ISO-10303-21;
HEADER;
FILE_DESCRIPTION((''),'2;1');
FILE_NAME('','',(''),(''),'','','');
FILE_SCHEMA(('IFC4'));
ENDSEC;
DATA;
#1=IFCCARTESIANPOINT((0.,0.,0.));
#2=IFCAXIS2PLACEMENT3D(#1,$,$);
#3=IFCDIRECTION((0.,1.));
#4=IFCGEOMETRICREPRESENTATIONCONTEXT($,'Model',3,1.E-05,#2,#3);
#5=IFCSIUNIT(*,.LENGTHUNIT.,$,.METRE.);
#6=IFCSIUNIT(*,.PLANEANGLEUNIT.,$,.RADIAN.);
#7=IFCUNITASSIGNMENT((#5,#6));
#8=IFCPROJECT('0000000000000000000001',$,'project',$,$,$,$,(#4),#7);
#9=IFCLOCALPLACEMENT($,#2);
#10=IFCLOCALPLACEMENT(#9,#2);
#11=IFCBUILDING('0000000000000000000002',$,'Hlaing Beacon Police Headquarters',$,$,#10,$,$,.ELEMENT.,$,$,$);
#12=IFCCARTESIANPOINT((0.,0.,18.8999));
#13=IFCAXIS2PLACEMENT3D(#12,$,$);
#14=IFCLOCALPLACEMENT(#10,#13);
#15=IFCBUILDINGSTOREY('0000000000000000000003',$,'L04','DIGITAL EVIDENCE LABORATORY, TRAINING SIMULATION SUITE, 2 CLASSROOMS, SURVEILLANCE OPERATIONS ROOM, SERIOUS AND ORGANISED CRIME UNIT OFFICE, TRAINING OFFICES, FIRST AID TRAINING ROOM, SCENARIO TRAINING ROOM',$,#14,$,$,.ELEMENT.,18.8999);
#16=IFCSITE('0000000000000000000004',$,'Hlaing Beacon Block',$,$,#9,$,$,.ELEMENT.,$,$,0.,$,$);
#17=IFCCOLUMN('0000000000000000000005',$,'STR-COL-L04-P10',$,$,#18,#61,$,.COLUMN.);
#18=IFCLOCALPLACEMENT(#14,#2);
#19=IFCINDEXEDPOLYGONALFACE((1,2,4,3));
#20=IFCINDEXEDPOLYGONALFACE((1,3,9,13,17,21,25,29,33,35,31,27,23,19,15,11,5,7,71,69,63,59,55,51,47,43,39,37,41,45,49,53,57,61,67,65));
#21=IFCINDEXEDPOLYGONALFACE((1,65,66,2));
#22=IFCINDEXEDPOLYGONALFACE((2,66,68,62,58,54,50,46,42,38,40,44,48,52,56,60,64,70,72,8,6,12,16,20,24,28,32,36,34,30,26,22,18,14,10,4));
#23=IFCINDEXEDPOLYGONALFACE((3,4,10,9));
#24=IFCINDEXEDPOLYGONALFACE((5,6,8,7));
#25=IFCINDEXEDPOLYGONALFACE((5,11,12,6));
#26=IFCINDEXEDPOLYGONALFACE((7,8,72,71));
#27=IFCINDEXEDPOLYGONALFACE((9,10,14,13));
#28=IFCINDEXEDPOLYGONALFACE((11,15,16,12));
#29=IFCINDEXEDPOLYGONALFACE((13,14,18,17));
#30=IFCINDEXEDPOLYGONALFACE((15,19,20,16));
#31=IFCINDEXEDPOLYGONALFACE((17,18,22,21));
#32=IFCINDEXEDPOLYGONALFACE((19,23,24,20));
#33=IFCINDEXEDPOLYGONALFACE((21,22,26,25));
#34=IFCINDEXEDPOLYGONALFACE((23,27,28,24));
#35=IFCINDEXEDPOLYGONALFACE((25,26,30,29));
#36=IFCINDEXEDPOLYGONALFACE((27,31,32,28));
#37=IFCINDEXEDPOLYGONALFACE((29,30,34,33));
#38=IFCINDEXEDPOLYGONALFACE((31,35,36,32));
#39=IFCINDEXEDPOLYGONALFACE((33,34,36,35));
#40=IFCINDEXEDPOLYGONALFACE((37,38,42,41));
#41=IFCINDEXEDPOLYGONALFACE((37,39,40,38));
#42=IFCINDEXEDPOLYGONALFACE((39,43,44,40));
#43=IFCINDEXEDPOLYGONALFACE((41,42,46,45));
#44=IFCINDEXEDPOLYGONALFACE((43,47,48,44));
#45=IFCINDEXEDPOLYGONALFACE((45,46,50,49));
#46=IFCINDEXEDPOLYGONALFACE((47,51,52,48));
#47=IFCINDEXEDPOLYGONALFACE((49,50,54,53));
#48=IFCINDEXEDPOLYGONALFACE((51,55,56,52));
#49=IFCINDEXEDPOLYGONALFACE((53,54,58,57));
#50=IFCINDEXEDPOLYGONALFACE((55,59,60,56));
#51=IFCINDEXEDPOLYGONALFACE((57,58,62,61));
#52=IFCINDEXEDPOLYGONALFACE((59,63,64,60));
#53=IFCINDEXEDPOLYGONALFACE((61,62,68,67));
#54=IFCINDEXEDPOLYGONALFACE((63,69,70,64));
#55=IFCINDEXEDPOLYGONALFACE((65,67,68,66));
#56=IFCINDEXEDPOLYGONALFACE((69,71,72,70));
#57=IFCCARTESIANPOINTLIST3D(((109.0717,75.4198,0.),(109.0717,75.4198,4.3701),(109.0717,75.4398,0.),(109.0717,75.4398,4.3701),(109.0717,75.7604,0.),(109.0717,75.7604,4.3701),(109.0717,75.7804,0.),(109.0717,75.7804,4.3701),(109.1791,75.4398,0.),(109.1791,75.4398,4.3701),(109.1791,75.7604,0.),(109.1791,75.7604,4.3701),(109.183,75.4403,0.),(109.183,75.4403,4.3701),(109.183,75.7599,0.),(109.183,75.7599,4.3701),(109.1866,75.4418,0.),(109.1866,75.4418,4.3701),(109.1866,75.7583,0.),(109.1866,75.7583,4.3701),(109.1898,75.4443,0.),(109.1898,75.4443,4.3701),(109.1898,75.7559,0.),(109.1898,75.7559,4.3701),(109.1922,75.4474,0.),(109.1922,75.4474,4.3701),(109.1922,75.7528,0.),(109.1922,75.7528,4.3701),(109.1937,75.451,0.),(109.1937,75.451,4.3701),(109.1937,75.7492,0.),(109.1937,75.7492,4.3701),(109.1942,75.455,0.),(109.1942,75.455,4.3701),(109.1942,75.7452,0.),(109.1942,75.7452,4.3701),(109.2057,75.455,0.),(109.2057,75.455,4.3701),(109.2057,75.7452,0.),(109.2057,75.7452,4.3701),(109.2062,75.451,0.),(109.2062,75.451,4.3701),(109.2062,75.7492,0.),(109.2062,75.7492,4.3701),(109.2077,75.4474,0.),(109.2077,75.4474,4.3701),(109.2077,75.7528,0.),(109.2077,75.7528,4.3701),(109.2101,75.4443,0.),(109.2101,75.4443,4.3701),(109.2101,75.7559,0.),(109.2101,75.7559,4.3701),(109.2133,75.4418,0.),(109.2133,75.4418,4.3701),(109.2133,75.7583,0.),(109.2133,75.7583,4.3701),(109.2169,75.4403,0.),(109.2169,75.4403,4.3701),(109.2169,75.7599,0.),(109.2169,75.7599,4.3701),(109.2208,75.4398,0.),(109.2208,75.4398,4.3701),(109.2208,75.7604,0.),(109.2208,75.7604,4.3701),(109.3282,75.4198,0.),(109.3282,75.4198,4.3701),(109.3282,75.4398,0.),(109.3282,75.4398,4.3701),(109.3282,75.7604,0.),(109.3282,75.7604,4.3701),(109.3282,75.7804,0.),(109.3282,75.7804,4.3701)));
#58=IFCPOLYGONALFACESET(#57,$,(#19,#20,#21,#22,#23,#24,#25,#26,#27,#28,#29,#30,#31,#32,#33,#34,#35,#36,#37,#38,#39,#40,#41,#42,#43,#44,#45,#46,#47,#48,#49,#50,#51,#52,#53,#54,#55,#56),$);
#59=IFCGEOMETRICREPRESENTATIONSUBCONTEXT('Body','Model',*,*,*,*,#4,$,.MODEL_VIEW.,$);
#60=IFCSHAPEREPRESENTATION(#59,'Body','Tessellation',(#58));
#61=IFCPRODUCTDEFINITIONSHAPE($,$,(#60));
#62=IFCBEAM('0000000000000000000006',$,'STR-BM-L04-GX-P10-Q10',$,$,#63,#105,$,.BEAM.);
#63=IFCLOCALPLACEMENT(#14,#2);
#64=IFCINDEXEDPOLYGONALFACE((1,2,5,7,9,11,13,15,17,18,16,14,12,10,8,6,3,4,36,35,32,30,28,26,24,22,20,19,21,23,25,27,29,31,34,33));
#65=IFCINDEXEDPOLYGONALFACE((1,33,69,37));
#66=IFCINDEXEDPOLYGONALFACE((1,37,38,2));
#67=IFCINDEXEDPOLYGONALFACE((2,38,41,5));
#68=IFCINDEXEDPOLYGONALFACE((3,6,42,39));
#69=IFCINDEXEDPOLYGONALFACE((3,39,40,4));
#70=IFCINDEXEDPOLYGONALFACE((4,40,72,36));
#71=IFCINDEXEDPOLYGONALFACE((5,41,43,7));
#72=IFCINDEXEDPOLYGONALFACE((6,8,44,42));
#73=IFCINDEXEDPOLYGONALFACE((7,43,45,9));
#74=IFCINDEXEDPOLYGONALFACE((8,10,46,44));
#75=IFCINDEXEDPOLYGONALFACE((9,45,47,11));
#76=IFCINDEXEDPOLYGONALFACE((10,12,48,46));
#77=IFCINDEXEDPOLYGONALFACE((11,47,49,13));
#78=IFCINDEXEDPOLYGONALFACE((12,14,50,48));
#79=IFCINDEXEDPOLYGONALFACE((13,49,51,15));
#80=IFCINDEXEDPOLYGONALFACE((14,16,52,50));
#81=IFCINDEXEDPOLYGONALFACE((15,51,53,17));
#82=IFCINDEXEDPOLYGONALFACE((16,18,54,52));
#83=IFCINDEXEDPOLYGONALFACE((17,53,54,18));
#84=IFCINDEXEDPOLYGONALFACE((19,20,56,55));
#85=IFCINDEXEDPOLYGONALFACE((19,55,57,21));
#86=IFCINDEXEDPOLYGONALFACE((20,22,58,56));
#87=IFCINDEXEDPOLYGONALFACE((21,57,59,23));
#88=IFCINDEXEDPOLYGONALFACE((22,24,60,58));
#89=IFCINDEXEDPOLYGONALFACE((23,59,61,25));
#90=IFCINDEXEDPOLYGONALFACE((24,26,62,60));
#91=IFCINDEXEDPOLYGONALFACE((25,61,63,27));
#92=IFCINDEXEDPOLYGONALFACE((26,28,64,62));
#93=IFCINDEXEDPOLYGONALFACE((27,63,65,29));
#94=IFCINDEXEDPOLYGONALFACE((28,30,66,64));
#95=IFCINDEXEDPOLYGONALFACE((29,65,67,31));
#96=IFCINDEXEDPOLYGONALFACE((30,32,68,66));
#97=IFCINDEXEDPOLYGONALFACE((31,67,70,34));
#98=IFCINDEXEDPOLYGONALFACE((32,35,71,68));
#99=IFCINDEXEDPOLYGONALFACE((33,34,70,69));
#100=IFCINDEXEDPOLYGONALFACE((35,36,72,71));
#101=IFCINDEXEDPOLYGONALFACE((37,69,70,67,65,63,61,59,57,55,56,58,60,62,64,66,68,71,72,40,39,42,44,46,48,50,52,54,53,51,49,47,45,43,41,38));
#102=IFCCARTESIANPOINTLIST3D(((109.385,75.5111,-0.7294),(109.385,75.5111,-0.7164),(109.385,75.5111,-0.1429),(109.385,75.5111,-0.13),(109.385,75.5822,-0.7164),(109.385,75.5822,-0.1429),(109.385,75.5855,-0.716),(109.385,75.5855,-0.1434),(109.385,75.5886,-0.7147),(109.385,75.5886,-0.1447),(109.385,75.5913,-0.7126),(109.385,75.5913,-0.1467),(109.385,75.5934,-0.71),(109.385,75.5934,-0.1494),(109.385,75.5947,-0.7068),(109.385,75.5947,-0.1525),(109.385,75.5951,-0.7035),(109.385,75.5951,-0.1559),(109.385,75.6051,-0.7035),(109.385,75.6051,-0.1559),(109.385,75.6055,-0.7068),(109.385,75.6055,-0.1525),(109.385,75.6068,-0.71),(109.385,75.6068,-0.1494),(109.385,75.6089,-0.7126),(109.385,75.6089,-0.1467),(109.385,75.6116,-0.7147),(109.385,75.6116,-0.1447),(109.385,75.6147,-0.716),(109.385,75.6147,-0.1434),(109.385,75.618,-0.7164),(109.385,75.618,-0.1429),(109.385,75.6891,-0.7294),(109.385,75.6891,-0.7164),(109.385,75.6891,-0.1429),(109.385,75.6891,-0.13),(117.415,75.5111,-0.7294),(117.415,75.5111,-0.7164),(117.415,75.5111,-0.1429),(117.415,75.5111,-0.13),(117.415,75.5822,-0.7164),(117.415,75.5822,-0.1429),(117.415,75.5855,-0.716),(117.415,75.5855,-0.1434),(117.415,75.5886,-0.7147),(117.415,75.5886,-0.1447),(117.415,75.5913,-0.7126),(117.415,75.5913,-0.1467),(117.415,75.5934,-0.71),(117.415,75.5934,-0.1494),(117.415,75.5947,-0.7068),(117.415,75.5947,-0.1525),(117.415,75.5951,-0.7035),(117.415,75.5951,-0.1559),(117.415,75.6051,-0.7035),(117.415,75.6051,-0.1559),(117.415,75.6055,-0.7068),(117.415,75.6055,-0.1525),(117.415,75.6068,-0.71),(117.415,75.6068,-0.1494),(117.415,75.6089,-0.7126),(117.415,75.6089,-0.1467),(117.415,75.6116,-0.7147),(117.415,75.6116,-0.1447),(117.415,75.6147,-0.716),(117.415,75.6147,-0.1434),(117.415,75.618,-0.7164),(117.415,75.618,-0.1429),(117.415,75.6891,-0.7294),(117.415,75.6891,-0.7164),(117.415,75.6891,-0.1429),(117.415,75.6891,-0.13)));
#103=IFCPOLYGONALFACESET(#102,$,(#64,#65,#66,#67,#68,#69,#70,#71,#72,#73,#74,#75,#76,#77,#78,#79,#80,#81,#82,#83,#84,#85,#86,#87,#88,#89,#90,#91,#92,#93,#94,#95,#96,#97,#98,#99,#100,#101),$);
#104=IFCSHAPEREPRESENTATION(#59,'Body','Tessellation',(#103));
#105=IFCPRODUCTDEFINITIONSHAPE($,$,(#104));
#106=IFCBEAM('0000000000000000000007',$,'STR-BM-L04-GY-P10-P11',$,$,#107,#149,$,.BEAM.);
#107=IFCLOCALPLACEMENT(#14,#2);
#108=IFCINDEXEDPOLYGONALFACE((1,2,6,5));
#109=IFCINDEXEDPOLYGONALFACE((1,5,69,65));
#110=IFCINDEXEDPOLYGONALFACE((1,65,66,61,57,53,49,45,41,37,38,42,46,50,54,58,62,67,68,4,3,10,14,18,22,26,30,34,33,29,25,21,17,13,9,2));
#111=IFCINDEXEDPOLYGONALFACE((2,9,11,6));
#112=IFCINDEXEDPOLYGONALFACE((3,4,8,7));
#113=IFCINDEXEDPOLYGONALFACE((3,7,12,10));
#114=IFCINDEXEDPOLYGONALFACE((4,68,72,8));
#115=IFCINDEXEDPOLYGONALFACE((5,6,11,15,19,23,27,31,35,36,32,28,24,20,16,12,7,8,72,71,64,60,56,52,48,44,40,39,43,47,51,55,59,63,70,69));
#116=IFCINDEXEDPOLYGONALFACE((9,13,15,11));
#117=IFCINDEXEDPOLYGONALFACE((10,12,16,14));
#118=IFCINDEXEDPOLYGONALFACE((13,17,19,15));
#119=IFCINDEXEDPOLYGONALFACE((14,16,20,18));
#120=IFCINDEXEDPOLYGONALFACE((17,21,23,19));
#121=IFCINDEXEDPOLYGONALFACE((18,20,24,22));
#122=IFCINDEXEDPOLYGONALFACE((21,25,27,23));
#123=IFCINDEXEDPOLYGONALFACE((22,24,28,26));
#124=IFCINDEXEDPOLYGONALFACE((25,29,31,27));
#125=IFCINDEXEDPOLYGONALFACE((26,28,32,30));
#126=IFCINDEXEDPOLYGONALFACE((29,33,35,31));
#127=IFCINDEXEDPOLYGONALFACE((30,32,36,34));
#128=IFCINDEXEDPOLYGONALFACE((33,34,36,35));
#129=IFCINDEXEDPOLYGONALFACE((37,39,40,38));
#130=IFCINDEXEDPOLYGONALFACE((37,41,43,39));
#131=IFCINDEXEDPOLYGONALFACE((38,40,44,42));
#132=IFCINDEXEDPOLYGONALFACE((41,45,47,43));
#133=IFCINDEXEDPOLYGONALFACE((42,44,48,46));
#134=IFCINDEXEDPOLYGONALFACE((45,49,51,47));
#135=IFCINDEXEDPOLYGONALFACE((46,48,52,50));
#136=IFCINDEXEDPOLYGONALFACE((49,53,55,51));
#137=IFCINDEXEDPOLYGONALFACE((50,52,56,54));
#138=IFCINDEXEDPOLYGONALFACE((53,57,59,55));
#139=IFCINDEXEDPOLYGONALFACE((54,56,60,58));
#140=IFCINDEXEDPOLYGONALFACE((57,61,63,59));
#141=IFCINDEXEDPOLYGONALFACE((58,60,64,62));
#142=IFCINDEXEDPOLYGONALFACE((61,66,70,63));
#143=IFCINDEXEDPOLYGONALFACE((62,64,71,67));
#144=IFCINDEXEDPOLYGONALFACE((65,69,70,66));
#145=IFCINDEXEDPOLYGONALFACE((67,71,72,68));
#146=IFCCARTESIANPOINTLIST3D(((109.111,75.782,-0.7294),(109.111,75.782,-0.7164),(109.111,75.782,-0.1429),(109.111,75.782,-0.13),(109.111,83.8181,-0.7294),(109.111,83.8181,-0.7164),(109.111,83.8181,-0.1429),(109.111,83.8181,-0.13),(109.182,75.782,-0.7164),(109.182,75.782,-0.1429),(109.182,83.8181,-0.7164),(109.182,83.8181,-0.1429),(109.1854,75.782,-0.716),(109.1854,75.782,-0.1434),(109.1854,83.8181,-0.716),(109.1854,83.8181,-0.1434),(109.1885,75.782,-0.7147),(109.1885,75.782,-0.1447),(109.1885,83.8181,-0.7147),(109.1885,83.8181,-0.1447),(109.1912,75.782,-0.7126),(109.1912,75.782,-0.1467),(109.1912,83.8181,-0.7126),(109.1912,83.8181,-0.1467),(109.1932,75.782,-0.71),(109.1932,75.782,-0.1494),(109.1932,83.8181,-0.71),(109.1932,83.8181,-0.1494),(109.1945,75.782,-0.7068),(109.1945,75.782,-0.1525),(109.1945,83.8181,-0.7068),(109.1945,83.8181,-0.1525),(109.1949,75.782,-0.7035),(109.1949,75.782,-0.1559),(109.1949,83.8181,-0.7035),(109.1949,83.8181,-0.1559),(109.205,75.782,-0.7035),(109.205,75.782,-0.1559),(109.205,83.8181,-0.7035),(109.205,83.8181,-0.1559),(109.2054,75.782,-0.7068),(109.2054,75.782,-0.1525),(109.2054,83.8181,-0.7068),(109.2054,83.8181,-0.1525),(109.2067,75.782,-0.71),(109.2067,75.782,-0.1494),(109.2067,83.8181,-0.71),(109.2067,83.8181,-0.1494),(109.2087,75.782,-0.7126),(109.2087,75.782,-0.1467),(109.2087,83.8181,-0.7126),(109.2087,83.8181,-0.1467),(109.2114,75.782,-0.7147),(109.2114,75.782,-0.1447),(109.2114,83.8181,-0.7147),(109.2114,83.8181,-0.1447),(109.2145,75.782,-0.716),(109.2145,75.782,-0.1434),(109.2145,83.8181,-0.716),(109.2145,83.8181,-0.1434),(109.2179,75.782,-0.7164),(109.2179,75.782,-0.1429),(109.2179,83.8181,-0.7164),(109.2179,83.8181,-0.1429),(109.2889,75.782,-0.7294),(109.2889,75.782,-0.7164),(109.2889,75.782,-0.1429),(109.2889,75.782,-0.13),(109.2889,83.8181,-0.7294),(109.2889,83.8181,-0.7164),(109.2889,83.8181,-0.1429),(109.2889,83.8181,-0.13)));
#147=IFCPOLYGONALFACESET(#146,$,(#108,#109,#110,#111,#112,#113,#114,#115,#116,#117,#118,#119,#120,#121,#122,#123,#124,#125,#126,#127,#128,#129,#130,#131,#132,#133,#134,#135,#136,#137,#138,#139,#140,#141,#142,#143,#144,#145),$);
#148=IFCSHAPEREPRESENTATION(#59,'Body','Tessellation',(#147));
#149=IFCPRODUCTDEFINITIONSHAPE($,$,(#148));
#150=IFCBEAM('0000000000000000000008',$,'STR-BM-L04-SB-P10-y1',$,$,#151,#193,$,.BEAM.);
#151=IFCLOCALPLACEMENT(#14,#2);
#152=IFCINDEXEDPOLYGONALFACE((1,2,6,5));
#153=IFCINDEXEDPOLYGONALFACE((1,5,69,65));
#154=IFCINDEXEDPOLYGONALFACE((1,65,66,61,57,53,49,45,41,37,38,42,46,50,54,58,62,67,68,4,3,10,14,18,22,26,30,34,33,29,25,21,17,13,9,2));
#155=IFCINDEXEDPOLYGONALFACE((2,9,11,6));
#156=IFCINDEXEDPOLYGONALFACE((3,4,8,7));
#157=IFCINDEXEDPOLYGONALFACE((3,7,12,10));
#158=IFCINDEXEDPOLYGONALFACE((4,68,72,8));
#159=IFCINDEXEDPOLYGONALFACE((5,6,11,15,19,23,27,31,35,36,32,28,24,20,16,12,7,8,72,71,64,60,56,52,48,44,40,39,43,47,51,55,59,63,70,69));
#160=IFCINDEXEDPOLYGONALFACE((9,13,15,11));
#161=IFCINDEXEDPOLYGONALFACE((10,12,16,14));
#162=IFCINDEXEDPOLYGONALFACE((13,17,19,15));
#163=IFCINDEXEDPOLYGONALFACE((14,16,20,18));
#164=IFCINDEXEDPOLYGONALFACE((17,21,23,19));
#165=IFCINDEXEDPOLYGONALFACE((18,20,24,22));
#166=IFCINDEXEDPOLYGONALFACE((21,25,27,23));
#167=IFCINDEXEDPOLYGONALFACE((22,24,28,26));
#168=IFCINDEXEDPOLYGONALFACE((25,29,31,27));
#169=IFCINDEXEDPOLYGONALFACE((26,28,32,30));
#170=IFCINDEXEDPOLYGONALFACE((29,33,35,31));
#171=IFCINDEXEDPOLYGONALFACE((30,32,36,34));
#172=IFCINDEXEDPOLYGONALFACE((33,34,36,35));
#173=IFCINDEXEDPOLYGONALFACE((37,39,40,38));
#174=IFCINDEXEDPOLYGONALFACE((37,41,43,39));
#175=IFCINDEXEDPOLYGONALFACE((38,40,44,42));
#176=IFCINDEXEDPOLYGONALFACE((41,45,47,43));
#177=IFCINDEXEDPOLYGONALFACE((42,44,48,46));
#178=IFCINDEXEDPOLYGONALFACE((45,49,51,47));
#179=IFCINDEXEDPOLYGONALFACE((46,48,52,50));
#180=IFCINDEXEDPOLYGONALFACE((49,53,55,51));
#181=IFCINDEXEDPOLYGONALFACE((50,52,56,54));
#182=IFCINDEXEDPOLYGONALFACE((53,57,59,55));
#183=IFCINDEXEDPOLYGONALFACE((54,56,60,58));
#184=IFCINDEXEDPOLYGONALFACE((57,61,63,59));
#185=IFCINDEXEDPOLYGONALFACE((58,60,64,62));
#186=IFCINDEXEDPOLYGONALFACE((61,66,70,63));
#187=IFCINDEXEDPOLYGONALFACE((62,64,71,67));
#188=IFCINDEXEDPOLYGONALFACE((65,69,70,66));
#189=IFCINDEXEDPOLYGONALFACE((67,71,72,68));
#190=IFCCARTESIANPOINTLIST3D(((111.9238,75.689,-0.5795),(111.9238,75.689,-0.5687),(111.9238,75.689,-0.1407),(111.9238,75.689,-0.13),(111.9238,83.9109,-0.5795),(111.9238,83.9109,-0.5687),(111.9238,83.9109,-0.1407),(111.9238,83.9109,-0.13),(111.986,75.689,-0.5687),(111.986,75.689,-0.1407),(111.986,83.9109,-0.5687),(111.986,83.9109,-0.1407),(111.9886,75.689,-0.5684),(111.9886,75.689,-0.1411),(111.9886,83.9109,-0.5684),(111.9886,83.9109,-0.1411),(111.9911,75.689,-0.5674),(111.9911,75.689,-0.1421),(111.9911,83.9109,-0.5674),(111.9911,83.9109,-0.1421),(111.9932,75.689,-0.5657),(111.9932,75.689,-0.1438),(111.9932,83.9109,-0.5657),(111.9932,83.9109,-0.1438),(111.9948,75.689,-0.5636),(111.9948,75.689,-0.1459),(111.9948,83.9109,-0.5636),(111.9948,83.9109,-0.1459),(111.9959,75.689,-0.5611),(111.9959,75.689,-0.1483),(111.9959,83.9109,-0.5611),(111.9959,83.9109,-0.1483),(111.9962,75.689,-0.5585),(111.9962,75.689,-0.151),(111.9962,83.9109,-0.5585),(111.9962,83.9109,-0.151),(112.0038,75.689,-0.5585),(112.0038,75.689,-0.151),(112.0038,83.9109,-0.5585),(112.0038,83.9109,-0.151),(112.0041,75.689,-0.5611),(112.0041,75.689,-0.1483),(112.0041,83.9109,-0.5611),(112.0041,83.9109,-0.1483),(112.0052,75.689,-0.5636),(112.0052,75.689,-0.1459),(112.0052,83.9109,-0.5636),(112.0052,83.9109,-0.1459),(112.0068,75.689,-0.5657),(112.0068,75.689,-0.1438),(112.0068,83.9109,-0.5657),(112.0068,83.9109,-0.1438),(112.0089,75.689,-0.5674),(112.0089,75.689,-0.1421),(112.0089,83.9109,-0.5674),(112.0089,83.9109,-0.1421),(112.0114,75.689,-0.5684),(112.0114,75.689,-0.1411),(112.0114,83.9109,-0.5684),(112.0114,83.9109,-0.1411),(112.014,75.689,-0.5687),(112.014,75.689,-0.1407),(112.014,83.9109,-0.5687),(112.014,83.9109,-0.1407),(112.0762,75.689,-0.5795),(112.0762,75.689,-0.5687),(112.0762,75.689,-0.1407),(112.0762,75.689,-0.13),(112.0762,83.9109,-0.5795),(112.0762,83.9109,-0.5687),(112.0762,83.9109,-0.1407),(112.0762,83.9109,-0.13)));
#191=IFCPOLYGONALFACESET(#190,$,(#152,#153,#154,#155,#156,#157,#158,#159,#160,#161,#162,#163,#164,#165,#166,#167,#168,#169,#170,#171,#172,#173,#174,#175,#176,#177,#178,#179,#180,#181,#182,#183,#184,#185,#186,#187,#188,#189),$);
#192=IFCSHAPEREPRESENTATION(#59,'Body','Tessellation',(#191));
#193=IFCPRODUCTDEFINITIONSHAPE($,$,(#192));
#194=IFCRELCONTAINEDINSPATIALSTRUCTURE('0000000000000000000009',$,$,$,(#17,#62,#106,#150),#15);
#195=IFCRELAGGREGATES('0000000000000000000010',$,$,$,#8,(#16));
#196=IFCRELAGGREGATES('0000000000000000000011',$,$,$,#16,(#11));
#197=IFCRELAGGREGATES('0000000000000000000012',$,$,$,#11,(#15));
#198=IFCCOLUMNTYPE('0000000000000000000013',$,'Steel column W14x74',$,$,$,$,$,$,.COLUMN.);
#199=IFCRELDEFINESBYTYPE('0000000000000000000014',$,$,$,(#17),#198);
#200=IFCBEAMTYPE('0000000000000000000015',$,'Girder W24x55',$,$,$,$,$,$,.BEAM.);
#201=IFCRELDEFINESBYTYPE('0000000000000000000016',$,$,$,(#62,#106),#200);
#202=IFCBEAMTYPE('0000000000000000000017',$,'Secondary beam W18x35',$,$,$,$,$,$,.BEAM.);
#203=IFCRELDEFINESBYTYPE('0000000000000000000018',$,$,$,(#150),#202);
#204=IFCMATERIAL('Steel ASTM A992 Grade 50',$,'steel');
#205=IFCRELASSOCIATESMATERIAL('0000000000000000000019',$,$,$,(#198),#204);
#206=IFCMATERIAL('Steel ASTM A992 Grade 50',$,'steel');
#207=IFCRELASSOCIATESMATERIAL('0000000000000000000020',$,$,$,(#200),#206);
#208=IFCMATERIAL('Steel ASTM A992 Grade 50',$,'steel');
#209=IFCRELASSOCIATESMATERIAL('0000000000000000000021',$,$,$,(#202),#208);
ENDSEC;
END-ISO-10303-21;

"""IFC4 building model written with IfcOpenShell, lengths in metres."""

from ifc_helpers import new_model, si_unit, direction, frame, origin, origin_2d, place, context, subcontext, project, spatial, i_section, extrude, material, material_profile, profile_set, type_object, element, save


model = new_model("IFC4")

# Units and contexts
model_context = context("Model", 3, precision=1e-05, world=origin(), true_north=direction((0.0, 1.0)))
body_context = subcontext(model_context, "Body", "Model", "MODEL_VIEW")
ifc_project = project(units=[si_unit("LENGTHUNIT", "METRE"), si_unit("PLANEANGLEUNIT", "RADIAN")], contexts=[model_context])

# Site, building, storey
site_placement = place(None, origin())
site = spatial("IfcSite", under=ifc_project, at=site_placement, Name="Hlaing Beacon Block", CompositionType="ELEMENT", RefElevation=0.0)
building_placement = place(site_placement, origin())
building = spatial("IfcBuilding", under=site, at=building_placement, Name="Hlaing Beacon Police Headquarters", CompositionType="ELEMENT")
storey_placement = place(building_placement, frame((0.0, 0.0, 18.8999)))
storey = spatial("IfcBuildingStorey", under=building, at=storey_placement, Name="L04", Description="DIGITAL EVIDENCE LABORATORY, TRAINING SIMULATION SUITE, 2 CLASSROOMS, SURVEILLANCE OPERATIONS ROOM, SERIOUS AND ORGANISED CRIME UNIT OFFICE, TRAINING OFFICES, FIRST AID TRAINING ROOM, SCENARIO TRAINING ROOM", CompositionType="ELEMENT", Elevation=18.8999)

# Column
ifc_material_1 = material(Name="Steel ASTM A992 Grade 50", Category="steel")
ifc_material_profile_1 = material_profile(ifc_material_1, i_section(OverallWidth=0.2566, OverallDepth=0.3606, WebThickness=0.0115, FlangeThickness=0.02, FilletRadius=0.0151, at=origin_2d()), Name="W14x74")
ifc_profile_set_1 = profile_set([ifc_material_profile_1], Name="Steel ASTM A992 Grade 50")
column_type = type_object("IfcColumnType", Name="Steel column W14x74", PredefinedType="COLUMN", material=ifc_profile_set_1)
column_placement = place(storey_placement, frame((109.2, 75.6001, 0.0), z_axis=(0.0, 0.0, 1.0), x_axis=(1.0, 0.0, 0.0)))
element("IfcColumn", 1, at=column_placement, inside=storey, type_object=column_type, Name="STR-COL-L04-P10", PredefinedType="COLUMN", context=body_context, shape_type="SweptSolid", body=[
    extrude(i_section(OverallWidth=0.2566, OverallDepth=0.3606, WebThickness=0.0115, FlangeThickness=0.02, FilletRadius=0.0151, at=origin_2d()), origin(), (0.0, 0.0, 1.0), 4.3701),
])

# Beams
ifc_material_2 = material(Name="Steel ASTM A992 Grade 50", Category="steel")
ifc_material_profile_2 = material_profile(ifc_material_2, i_section(OverallWidth=0.178, OverallDepth=0.5994, WebThickness=0.01, FlangeThickness=0.0129, FilletRadius=0.0129, at=origin_2d()), Name="W24x55")
ifc_profile_set_2 = profile_set([ifc_material_profile_2], Name="Steel ASTM A992 Grade 50")
beam_type_1 = type_object("IfcBeamType", Name="Girder W24x55", PredefinedType="BEAM", material=ifc_profile_set_2)
beam_1_placement = place(storey_placement, frame((109.385, 75.6001, -0.4297), z_axis=(1.0, 0.0, 0.0), x_axis=(0.0, 1.0, 0.0)))
element("IfcBeam", 2, at=beam_1_placement, inside=storey, type_object=beam_type_1, Name="STR-BM-L04-GX-P10-Q10", PredefinedType="BEAM", context=body_context, shape_type="SweptSolid", body=[
    extrude(i_section(OverallWidth=0.178, OverallDepth=0.5994, WebThickness=0.01, FlangeThickness=0.0129, FilletRadius=0.0129, at=origin_2d()), origin(), (0.0, 0.0, 1.0), 8.03),
])
beam_2_placement = place(storey_placement, frame((109.2, 75.782, -0.4297), z_axis=(0.0, 1.0, 0.0), x_axis=(-1.0, 0.0, 0.0)))
element("IfcBeam", 3, at=beam_2_placement, inside=storey, type_object=beam_type_1, Name="STR-BM-L04-GY-P10-P11", PredefinedType="BEAM", context=body_context, shape_type="SweptSolid", body=[
    extrude(i_section(OverallWidth=0.178, OverallDepth=0.5994, WebThickness=0.01, FlangeThickness=0.0129, FilletRadius=0.0129, at=origin_2d()), origin(), (0.0, 0.0, 1.0), 8.0361),
])
ifc_material_3 = material(Name="Steel ASTM A992 Grade 50", Category="steel")
ifc_material_profile_3 = material_profile(ifc_material_3, i_section(OverallWidth=0.1523, OverallDepth=0.4495, WebThickness=0.0076, FlangeThickness=0.0107, FilletRadius=0.0103, at=origin_2d()), Name="W18x35")
ifc_profile_set_3 = profile_set([ifc_material_profile_3], Name="Steel ASTM A992 Grade 50")
beam_type_2 = type_object("IfcBeamType", Name="Secondary beam W18x35", PredefinedType="BEAM", material=ifc_profile_set_3)
beam_3_placement = place(storey_placement, frame((112.0, 75.689, -0.3547), z_axis=(0.0, 1.0, 0.0), x_axis=(-1.0, 0.0, 0.0)))
element("IfcBeam", 4, at=beam_3_placement, inside=storey, type_object=beam_type_2, Name="STR-BM-L04-SB-P10-y1", PredefinedType="BEAM", context=body_context, shape_type="SweptSolid", body=[
    extrude(i_section(OverallWidth=0.1523, OverallDepth=0.4495, WebThickness=0.0076, FlangeThickness=0.0107, FilletRadius=0.0103, at=origin_2d()), origin(), (0.0, 0.0, 1.0), 8.2219),
])

save(model, "model.ifc")
